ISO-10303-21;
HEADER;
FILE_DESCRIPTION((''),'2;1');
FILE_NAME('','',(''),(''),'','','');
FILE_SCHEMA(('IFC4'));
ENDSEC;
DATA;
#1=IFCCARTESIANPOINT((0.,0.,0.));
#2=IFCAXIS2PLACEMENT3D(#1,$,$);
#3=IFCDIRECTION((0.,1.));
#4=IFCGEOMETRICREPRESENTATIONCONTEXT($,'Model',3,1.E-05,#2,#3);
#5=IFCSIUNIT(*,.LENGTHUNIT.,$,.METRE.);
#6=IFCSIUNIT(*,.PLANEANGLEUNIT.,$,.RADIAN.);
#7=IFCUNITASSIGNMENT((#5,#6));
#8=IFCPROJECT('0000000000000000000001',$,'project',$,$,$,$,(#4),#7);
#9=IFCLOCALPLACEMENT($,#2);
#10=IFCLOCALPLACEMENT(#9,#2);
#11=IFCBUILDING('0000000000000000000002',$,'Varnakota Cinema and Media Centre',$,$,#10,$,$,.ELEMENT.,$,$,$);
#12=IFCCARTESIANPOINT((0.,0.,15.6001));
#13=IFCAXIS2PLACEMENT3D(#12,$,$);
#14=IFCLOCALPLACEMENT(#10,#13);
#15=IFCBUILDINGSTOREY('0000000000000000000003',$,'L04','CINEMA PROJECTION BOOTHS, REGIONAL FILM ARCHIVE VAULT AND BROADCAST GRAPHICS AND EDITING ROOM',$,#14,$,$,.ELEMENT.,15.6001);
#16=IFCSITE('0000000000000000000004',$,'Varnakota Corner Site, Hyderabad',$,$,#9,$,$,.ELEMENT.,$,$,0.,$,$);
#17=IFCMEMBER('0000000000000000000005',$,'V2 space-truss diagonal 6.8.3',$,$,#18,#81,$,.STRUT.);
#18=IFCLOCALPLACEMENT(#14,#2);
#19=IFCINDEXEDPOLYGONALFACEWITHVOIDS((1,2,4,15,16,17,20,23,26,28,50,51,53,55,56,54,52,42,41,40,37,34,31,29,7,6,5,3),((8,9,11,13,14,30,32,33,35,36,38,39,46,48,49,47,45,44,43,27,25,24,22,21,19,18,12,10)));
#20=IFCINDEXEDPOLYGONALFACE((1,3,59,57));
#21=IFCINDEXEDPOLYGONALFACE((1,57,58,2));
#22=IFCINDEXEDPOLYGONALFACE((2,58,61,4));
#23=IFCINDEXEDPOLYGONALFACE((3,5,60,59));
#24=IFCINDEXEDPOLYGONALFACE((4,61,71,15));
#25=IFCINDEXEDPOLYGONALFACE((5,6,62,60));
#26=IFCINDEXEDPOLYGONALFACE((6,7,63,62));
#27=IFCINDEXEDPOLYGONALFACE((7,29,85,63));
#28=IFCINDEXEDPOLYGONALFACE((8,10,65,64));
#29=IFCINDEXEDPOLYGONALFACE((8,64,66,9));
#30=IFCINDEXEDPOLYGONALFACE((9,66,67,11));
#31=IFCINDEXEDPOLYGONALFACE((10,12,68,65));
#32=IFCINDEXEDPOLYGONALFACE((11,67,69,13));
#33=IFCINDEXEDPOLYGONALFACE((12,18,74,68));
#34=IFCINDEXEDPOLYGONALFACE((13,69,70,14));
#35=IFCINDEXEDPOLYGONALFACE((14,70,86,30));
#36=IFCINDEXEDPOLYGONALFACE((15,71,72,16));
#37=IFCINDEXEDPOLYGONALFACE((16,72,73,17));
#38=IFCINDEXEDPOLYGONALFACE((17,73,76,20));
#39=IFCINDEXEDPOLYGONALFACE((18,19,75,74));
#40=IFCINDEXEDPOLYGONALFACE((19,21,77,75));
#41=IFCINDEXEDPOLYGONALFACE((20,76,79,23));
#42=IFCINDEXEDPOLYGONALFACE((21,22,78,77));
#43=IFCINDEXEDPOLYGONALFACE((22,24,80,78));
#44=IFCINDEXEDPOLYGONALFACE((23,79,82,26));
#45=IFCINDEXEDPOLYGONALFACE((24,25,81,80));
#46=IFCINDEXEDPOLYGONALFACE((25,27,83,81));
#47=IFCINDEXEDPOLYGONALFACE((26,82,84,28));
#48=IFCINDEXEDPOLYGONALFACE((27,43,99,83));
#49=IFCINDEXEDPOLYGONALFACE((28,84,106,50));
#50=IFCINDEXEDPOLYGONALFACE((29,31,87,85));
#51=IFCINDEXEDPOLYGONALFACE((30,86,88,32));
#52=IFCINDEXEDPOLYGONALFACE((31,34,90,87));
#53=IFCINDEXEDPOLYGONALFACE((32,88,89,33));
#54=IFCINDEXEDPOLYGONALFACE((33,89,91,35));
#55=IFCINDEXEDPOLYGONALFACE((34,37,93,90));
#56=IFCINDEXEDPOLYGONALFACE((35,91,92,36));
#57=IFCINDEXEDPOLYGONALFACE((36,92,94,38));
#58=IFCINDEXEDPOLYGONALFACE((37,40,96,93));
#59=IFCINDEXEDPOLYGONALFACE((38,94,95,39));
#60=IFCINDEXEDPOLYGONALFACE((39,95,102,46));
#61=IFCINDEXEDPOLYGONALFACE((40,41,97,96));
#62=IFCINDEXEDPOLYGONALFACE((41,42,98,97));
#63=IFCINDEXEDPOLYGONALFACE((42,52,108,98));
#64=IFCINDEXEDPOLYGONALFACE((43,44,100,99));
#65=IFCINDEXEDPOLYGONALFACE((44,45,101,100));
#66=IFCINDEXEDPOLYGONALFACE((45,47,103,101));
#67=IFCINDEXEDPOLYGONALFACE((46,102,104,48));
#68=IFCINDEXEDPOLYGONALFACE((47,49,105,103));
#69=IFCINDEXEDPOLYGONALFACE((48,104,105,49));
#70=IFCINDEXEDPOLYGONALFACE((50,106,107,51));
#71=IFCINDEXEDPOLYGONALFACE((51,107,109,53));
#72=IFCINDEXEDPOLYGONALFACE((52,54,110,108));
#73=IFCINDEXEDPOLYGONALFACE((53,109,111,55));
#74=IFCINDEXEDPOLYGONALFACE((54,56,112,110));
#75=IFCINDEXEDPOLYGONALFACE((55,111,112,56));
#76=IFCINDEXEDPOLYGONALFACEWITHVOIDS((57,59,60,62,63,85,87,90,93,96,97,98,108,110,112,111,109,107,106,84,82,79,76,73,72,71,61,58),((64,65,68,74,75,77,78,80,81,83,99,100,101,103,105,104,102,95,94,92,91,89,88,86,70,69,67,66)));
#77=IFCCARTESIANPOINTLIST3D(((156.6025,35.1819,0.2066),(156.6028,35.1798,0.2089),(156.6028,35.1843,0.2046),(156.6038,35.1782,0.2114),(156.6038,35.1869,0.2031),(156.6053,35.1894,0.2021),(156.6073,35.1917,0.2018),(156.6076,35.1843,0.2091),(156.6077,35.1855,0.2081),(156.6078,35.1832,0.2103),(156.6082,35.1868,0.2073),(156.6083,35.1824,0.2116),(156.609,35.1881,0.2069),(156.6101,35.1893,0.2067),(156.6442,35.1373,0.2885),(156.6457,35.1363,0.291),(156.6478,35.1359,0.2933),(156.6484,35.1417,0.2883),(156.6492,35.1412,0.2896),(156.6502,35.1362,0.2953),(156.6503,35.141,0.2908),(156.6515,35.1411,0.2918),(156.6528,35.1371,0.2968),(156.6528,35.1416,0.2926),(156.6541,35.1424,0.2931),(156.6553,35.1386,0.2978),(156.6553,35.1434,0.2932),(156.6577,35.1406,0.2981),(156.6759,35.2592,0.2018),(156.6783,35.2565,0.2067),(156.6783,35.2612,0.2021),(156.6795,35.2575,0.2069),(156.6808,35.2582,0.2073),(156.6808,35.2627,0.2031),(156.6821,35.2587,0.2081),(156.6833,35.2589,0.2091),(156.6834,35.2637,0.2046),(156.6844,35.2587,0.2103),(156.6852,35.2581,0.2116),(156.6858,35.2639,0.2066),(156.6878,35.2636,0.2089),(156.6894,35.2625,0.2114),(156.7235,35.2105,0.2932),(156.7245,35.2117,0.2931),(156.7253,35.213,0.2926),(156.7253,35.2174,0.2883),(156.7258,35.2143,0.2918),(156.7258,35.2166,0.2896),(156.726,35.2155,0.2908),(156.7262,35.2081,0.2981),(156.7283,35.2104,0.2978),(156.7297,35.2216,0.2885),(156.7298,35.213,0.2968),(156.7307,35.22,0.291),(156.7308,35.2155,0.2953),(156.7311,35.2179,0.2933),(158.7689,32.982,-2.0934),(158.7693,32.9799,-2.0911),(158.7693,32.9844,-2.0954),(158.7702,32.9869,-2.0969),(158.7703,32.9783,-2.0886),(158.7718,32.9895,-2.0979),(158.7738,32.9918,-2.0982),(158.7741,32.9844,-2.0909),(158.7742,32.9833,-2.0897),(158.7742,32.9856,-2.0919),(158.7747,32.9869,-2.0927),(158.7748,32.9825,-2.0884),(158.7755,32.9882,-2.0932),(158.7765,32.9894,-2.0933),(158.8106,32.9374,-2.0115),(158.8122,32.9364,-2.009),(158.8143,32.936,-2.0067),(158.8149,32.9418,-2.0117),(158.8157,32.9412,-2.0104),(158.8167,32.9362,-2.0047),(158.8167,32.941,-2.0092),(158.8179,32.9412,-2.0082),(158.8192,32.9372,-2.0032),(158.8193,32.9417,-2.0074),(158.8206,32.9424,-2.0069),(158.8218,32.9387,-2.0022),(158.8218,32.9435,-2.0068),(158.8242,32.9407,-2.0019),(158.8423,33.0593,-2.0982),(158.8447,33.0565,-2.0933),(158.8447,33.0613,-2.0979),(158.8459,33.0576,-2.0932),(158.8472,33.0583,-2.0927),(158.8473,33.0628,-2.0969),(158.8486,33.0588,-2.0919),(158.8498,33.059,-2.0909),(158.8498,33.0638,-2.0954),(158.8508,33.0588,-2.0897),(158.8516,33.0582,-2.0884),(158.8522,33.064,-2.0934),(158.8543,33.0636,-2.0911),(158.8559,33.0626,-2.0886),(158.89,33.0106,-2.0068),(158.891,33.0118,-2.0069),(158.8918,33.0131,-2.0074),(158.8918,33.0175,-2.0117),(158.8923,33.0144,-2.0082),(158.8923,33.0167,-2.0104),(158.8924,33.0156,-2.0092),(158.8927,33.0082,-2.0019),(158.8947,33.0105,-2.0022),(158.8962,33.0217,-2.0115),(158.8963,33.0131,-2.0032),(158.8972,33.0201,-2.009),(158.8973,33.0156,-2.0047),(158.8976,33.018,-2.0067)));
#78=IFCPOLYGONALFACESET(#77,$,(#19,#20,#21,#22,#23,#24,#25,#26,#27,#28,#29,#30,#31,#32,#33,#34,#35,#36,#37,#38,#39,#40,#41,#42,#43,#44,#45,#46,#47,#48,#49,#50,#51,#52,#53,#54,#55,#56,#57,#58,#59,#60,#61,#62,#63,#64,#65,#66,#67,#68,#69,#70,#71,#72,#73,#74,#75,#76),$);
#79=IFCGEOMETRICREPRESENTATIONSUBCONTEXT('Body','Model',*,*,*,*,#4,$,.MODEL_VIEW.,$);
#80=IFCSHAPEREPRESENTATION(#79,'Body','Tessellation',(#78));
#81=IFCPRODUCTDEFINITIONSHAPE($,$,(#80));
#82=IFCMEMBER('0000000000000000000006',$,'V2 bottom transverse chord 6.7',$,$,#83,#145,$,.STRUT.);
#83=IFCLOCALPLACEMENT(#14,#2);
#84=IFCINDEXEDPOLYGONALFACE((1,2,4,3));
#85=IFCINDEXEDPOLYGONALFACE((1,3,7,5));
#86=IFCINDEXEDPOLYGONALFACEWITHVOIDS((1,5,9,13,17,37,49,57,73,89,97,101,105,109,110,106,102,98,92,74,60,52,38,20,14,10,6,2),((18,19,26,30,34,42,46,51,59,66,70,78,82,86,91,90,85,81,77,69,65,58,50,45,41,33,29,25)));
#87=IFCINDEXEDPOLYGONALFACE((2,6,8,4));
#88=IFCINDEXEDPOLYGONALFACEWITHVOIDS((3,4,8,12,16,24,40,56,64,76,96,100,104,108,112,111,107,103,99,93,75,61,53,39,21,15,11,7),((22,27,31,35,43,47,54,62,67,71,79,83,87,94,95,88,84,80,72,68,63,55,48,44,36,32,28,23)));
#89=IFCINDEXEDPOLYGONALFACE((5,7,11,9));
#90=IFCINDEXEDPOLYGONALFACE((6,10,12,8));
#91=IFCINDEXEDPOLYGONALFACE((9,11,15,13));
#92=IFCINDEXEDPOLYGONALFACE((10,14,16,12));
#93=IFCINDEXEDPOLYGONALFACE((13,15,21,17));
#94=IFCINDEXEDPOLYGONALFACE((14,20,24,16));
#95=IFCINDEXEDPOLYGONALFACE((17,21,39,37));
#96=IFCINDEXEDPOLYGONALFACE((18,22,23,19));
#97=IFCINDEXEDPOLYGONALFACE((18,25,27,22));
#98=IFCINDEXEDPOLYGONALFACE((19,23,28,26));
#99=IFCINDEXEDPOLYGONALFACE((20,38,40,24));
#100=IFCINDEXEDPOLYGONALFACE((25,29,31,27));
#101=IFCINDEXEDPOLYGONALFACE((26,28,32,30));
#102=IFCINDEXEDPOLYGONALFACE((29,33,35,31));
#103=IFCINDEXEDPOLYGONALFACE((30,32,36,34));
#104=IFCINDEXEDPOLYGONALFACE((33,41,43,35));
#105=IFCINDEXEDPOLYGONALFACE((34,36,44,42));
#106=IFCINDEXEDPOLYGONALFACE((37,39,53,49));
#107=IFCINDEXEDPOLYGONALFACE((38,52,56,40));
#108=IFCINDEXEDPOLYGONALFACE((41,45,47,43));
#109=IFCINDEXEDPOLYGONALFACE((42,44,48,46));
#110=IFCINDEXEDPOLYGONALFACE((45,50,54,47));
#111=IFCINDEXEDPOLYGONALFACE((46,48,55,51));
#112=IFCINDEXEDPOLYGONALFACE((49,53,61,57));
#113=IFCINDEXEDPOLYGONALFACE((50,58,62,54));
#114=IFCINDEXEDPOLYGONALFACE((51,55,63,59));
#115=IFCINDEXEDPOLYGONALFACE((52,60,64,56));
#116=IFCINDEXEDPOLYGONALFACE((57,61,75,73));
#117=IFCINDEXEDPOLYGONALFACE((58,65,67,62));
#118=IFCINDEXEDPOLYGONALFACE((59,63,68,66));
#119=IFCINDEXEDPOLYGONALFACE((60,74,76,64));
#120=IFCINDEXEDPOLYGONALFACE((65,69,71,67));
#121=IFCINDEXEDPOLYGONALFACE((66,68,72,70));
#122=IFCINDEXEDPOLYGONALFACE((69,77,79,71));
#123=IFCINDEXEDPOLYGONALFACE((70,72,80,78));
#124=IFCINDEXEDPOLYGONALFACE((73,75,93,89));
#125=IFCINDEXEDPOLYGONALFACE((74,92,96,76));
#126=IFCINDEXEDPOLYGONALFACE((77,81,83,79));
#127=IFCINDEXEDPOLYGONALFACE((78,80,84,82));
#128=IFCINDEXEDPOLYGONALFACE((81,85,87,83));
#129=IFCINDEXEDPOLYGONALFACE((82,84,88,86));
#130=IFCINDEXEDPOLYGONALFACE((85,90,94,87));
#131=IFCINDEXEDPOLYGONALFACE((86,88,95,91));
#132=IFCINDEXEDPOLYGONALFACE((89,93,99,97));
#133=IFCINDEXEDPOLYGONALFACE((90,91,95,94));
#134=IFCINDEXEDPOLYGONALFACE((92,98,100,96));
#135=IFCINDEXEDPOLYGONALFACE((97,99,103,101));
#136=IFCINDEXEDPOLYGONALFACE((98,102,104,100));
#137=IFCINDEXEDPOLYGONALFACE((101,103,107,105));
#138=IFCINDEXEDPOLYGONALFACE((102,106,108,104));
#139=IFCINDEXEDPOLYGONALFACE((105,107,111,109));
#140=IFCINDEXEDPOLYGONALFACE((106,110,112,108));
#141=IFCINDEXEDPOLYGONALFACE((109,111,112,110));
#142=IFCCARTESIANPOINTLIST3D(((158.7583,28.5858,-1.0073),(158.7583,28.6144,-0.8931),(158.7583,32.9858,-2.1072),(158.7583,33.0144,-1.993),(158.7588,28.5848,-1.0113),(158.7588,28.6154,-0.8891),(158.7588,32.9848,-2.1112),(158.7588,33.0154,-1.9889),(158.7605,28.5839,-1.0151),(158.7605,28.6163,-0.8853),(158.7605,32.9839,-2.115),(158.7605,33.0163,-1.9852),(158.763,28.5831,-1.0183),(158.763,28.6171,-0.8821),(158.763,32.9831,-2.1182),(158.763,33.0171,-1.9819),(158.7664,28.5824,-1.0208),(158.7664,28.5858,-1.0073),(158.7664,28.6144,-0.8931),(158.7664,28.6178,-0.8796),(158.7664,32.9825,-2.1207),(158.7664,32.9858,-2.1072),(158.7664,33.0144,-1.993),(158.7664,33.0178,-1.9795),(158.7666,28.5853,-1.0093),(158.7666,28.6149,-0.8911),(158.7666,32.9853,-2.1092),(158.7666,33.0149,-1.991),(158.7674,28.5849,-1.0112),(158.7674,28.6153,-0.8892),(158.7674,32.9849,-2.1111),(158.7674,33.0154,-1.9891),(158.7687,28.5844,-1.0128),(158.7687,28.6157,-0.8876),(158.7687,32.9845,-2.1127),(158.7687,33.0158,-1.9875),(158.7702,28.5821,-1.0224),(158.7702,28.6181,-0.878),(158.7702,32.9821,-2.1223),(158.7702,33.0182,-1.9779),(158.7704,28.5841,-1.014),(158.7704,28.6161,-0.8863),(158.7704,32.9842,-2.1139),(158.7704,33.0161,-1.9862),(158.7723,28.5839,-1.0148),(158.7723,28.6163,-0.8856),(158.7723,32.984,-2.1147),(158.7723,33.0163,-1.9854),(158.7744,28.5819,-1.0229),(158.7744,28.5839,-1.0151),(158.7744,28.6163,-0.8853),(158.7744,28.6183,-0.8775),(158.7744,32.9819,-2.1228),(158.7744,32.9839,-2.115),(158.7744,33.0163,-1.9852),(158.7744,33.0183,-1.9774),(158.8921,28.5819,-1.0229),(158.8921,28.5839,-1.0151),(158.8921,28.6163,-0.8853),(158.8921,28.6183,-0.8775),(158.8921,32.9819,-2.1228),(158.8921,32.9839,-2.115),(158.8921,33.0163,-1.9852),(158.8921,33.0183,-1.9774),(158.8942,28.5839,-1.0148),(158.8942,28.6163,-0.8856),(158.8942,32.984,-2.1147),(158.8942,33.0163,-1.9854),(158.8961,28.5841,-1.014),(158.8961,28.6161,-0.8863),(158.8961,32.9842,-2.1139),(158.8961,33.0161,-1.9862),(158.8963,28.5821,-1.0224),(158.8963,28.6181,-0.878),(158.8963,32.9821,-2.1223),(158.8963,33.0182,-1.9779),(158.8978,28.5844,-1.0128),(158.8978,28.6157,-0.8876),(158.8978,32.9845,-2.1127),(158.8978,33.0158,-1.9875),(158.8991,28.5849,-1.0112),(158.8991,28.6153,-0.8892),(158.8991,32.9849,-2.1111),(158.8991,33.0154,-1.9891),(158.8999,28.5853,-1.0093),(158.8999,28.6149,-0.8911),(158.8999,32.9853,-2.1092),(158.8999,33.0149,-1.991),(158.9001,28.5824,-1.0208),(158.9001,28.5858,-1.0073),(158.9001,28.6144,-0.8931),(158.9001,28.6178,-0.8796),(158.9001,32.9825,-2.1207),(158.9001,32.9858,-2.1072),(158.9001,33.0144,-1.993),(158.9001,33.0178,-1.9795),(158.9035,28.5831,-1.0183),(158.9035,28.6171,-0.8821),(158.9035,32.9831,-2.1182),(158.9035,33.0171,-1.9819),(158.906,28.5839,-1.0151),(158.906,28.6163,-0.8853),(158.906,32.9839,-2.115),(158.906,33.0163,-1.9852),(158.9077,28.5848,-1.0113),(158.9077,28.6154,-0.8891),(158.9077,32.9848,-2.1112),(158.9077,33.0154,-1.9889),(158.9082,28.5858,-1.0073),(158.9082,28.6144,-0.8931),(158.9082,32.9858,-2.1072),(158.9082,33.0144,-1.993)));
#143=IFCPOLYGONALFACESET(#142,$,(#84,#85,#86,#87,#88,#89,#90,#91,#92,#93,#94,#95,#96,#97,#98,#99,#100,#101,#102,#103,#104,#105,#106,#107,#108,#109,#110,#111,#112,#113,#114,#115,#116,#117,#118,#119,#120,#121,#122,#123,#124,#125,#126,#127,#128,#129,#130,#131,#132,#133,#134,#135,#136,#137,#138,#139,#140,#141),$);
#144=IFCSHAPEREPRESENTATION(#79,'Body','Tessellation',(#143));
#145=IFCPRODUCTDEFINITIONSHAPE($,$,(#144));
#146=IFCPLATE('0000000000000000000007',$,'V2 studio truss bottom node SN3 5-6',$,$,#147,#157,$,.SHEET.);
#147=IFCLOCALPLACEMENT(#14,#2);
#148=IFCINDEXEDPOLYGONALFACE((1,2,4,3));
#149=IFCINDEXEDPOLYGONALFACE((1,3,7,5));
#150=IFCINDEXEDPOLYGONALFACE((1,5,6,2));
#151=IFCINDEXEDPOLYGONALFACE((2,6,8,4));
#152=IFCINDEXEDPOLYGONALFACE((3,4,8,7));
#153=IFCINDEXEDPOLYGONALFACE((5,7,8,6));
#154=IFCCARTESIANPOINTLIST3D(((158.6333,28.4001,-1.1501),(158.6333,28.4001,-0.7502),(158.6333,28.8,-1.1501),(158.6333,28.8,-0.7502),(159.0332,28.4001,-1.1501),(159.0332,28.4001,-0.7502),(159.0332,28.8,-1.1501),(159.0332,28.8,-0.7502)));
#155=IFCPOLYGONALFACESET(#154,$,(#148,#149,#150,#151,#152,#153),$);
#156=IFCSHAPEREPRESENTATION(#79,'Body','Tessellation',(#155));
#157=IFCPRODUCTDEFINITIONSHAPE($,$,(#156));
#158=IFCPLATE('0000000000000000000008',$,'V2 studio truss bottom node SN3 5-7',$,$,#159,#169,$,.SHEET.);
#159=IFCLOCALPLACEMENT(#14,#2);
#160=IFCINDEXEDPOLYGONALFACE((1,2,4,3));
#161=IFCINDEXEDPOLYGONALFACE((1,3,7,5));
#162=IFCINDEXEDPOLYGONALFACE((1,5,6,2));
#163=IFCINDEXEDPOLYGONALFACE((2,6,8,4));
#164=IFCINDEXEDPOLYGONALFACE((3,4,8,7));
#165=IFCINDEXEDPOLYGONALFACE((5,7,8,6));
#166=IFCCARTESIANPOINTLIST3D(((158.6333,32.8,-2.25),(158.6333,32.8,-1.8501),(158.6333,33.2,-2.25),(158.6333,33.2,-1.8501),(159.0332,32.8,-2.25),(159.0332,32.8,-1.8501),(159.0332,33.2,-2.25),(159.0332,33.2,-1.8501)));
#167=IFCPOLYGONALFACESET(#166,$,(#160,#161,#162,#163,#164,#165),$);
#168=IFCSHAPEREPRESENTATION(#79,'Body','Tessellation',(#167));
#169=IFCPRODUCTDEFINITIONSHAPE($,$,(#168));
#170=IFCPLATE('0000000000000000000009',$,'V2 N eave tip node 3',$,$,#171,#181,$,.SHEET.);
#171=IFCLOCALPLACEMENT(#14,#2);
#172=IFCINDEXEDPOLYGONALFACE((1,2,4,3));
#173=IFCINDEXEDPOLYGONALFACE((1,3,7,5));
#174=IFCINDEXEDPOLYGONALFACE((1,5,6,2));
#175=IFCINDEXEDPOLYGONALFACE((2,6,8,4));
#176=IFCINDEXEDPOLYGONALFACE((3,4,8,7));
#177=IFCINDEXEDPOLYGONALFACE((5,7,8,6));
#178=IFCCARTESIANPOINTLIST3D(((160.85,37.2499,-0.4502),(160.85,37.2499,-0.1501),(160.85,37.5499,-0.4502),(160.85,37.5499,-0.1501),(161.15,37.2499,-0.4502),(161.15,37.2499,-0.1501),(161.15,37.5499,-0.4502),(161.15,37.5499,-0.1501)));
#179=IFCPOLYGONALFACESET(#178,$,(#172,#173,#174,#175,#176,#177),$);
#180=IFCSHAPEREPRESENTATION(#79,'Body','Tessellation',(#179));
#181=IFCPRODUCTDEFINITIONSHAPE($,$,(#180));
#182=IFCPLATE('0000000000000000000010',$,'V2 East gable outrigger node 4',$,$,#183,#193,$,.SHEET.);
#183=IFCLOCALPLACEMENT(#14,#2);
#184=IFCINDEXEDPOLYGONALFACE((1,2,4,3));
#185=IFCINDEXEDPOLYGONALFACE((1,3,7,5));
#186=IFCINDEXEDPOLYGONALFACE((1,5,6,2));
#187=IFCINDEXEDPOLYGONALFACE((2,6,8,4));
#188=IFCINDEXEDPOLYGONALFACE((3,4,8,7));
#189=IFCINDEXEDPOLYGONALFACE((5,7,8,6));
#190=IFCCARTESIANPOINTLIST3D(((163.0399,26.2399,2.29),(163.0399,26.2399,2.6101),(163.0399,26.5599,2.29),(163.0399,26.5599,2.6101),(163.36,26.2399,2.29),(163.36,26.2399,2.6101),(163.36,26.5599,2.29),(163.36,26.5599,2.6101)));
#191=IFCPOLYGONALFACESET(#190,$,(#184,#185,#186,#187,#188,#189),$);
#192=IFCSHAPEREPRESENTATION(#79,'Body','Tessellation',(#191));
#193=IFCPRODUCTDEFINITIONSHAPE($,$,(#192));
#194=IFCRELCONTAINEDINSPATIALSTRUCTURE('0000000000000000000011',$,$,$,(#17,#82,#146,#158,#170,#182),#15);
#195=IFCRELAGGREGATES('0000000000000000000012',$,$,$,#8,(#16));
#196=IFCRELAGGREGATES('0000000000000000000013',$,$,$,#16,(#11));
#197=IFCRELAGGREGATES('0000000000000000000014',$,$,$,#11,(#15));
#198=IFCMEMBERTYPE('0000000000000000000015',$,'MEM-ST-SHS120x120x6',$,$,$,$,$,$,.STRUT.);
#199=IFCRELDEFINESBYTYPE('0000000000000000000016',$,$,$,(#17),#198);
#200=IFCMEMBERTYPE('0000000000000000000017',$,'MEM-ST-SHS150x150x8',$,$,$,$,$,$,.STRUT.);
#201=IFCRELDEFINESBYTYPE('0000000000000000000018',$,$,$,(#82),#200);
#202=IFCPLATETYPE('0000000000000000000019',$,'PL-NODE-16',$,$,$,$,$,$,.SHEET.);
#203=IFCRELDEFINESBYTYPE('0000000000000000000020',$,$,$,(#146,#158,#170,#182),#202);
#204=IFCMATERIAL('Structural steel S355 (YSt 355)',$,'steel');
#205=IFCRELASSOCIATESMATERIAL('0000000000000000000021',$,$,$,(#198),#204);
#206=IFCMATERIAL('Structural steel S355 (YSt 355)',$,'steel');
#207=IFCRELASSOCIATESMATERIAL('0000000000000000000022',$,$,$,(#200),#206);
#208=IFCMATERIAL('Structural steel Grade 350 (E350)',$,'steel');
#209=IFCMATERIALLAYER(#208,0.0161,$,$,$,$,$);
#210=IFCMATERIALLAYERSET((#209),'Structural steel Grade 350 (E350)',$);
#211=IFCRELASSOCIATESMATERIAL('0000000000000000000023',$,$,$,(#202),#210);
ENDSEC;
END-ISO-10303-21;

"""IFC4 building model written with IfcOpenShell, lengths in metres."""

from ifc_helpers import new_model, si_unit, direction, frame, origin, origin_2d, place, context, subcontext, project, spatial, rectangle, hollow_rectangle, extrude, material, layer, layer_set, material_profile, profile_set, type_object, element, save


model = new_model("IFC4")

# Units and contexts
model_context = context("Model", 3, precision=1e-05, world=origin(), true_north=direction((0.0, 1.0)))
body_context = subcontext(model_context, "Body", "Model", "MODEL_VIEW")
ifc_project = project(units=[si_unit("LENGTHUNIT", "METRE"), si_unit("PLANEANGLEUNIT", "RADIAN")], contexts=[model_context])

# Site, building, storey
site_placement = place(None, origin())
site = spatial("IfcSite", under=ifc_project, at=site_placement, Name="Varnakota Corner Site, Hyderabad", CompositionType="ELEMENT", RefElevation=0.0)
building_placement = place(site_placement, origin())
building = spatial("IfcBuilding", under=site, at=building_placement, Name="Varnakota Cinema and Media Centre", CompositionType="ELEMENT")
storey_placement = place(building_placement, frame((0.0, 0.0, 15.6001)))
storey = spatial("IfcBuildingStorey", under=building, at=storey_placement, Name="L04", Description="CINEMA PROJECTION BOOTHS, REGIONAL FILM ARCHIVE VAULT AND BROADCAST GRAPHICS AND EDITING ROOM", CompositionType="ELEMENT", Elevation=15.6001)

# Members
ifc_material_1 = material(Name="Structural steel S355 (YSt 355)", Category="steel")
ifc_material_profile_1 = material_profile(ifc_material_1, hollow_rectangle(XDim=0.1201, YDim=0.1201, WallThickness=0.0061, InnerFilletRadius=0.0061, OuterFilletRadius=0.012, at=origin_2d()), Name="SHS 120x120x6")
ifc_profile_set_1 = profile_set([ifc_material_profile_1], Name="Structural steel S355 (YSt 355)")
member_type_1 = type_object("IfcMemberType", Name="MEM-ST-SHS120x120x6", PredefinedType="STRUT", material=ifc_profile_set_1)
member_1_placement = place(storey_placement, frame((158.8333, 33.0, -2.05), z_axis=(-0.562705, 0.571392, 0.59739), x_axis=(-0.712502, -0.70167, 0.0)))
element("IfcMember", 1, at=member_1_placement, inside=storey, type_object=member_type_1, Name="V2 space-truss diagonal 6.8.3", PredefinedType="STRUT", context=body_context, shape_type="SweptSolid", body=[
    extrude(hollow_rectangle(XDim=0.1201, YDim=0.1201, WallThickness=0.0061, InnerFilletRadius=0.0061, OuterFilletRadius=0.012, at=origin_2d()), origin(), (0.0, 0.0, 1.0), 3.8501),
])
ifc_material_2 = material(Name="Structural steel S355 (YSt 355)", Category="steel")
ifc_material_profile_2 = material_profile(ifc_material_2, hollow_rectangle(XDim=0.1499, YDim=0.1499, WallThickness=0.0081, InnerFilletRadius=0.0081, OuterFilletRadius=0.0161, at=origin_2d()), Name="SHS 150x150x8")
ifc_profile_set_2 = profile_set([ifc_material_profile_2], Name="Structural steel S355 (YSt 355)")
member_type_2 = type_object("IfcMemberType", Name="MEM-ST-SHS150x150x8", PredefinedType="STRUT", material=ifc_profile_set_2)
member_2_placement = place(storey_placement, frame((158.8333, 28.6001, -0.9502), z_axis=(0.0, 0.970149, -0.24251), x_axis=(-1.0, 0.0, 0.0)))
element("IfcMember", 2, at=member_2_placement, inside=storey, type_object=member_type_2, Name="V2 bottom transverse chord 6.7", PredefinedType="STRUT", context=body_context, shape_type="SweptSolid", body=[
    extrude(hollow_rectangle(XDim=0.1499, YDim=0.1499, WallThickness=0.0081, InnerFilletRadius=0.0081, OuterFilletRadius=0.0161, at=origin_2d()), origin(), (0.0, 0.0, 1.0), 4.5354),
])

# Plates
ifc_material_3 = material(Name="Structural steel Grade 350 (E350)", Category="steel")
ifc_layer_1 = layer(ifc_material_3, 0.0161)
ifc_layer_set_1 = layer_set([ifc_layer_1], Name="Structural steel Grade 350 (E350)")
plate_type_1 = type_object("IfcPlateType", Name="PL-NODE-16", PredefinedType="SHEET", material=ifc_layer_set_1)
for number, where, z_axis, x_axis, name in (
    (3, (158.8333, 28.6001, -1.1501), (0.0, 0.0, 1.0), (1.0, 0.0, 0.0), "V2 studio truss bottom node SN3 5-6"),
    (4, (158.8333, 33.0, -2.25), (0.0, 0.0, 1.0), (1.0, 0.0, 0.0), "V2 studio truss bottom node SN3 5-7"),
):
    element("IfcPlate", number, at=place(storey_placement, frame(where, z_axis=z_axis, x_axis=x_axis)), inside=storey, type_object=plate_type_1, Name=name, PredefinedType="SHEET", context=body_context, shape_type="SweptSolid", body=[
        extrude(rectangle(XDim=0.3999, YDim=0.3999, at=origin_2d()), origin(), (0.0, 0.0, 1.0), 0.3999),
    ])
plate_placement = place(storey_placement, frame((161.0, 37.3999, -0.4502), z_axis=(0.0, 0.0, 1.0), x_axis=(1.0, 0.0, 0.0)))
element("IfcPlate", 5, at=plate_placement, inside=storey, type_object=plate_type_1, Name="V2 N eave tip node 3", PredefinedType="SHEET", context=body_context, shape_type="SweptSolid", body=[
    extrude(rectangle(XDim=0.3, YDim=0.3, at=origin_2d()), origin(), (0.0, 0.0, 1.0), 0.3),
])
for number, where, z_axis, x_axis, name in (
    (6, (163.2, 26.3999, 2.29), (0.0, 0.0, 1.0), (1.0, 0.0, 0.0), "V2 East gable outrigger node 4"),
):
    element("IfcPlate", number, at=place(storey_placement, frame(where, z_axis=z_axis, x_axis=x_axis)), inside=storey, type_object=plate_type_1, Name=name, PredefinedType="SHEET", context=body_context, shape_type="SweptSolid", body=[
        extrude(rectangle(XDim=0.3201, YDim=0.3201, at=origin_2d()), origin(), (0.0, 0.0, 1.0), 0.3201),
    ])

save(model, "model.ifc")
